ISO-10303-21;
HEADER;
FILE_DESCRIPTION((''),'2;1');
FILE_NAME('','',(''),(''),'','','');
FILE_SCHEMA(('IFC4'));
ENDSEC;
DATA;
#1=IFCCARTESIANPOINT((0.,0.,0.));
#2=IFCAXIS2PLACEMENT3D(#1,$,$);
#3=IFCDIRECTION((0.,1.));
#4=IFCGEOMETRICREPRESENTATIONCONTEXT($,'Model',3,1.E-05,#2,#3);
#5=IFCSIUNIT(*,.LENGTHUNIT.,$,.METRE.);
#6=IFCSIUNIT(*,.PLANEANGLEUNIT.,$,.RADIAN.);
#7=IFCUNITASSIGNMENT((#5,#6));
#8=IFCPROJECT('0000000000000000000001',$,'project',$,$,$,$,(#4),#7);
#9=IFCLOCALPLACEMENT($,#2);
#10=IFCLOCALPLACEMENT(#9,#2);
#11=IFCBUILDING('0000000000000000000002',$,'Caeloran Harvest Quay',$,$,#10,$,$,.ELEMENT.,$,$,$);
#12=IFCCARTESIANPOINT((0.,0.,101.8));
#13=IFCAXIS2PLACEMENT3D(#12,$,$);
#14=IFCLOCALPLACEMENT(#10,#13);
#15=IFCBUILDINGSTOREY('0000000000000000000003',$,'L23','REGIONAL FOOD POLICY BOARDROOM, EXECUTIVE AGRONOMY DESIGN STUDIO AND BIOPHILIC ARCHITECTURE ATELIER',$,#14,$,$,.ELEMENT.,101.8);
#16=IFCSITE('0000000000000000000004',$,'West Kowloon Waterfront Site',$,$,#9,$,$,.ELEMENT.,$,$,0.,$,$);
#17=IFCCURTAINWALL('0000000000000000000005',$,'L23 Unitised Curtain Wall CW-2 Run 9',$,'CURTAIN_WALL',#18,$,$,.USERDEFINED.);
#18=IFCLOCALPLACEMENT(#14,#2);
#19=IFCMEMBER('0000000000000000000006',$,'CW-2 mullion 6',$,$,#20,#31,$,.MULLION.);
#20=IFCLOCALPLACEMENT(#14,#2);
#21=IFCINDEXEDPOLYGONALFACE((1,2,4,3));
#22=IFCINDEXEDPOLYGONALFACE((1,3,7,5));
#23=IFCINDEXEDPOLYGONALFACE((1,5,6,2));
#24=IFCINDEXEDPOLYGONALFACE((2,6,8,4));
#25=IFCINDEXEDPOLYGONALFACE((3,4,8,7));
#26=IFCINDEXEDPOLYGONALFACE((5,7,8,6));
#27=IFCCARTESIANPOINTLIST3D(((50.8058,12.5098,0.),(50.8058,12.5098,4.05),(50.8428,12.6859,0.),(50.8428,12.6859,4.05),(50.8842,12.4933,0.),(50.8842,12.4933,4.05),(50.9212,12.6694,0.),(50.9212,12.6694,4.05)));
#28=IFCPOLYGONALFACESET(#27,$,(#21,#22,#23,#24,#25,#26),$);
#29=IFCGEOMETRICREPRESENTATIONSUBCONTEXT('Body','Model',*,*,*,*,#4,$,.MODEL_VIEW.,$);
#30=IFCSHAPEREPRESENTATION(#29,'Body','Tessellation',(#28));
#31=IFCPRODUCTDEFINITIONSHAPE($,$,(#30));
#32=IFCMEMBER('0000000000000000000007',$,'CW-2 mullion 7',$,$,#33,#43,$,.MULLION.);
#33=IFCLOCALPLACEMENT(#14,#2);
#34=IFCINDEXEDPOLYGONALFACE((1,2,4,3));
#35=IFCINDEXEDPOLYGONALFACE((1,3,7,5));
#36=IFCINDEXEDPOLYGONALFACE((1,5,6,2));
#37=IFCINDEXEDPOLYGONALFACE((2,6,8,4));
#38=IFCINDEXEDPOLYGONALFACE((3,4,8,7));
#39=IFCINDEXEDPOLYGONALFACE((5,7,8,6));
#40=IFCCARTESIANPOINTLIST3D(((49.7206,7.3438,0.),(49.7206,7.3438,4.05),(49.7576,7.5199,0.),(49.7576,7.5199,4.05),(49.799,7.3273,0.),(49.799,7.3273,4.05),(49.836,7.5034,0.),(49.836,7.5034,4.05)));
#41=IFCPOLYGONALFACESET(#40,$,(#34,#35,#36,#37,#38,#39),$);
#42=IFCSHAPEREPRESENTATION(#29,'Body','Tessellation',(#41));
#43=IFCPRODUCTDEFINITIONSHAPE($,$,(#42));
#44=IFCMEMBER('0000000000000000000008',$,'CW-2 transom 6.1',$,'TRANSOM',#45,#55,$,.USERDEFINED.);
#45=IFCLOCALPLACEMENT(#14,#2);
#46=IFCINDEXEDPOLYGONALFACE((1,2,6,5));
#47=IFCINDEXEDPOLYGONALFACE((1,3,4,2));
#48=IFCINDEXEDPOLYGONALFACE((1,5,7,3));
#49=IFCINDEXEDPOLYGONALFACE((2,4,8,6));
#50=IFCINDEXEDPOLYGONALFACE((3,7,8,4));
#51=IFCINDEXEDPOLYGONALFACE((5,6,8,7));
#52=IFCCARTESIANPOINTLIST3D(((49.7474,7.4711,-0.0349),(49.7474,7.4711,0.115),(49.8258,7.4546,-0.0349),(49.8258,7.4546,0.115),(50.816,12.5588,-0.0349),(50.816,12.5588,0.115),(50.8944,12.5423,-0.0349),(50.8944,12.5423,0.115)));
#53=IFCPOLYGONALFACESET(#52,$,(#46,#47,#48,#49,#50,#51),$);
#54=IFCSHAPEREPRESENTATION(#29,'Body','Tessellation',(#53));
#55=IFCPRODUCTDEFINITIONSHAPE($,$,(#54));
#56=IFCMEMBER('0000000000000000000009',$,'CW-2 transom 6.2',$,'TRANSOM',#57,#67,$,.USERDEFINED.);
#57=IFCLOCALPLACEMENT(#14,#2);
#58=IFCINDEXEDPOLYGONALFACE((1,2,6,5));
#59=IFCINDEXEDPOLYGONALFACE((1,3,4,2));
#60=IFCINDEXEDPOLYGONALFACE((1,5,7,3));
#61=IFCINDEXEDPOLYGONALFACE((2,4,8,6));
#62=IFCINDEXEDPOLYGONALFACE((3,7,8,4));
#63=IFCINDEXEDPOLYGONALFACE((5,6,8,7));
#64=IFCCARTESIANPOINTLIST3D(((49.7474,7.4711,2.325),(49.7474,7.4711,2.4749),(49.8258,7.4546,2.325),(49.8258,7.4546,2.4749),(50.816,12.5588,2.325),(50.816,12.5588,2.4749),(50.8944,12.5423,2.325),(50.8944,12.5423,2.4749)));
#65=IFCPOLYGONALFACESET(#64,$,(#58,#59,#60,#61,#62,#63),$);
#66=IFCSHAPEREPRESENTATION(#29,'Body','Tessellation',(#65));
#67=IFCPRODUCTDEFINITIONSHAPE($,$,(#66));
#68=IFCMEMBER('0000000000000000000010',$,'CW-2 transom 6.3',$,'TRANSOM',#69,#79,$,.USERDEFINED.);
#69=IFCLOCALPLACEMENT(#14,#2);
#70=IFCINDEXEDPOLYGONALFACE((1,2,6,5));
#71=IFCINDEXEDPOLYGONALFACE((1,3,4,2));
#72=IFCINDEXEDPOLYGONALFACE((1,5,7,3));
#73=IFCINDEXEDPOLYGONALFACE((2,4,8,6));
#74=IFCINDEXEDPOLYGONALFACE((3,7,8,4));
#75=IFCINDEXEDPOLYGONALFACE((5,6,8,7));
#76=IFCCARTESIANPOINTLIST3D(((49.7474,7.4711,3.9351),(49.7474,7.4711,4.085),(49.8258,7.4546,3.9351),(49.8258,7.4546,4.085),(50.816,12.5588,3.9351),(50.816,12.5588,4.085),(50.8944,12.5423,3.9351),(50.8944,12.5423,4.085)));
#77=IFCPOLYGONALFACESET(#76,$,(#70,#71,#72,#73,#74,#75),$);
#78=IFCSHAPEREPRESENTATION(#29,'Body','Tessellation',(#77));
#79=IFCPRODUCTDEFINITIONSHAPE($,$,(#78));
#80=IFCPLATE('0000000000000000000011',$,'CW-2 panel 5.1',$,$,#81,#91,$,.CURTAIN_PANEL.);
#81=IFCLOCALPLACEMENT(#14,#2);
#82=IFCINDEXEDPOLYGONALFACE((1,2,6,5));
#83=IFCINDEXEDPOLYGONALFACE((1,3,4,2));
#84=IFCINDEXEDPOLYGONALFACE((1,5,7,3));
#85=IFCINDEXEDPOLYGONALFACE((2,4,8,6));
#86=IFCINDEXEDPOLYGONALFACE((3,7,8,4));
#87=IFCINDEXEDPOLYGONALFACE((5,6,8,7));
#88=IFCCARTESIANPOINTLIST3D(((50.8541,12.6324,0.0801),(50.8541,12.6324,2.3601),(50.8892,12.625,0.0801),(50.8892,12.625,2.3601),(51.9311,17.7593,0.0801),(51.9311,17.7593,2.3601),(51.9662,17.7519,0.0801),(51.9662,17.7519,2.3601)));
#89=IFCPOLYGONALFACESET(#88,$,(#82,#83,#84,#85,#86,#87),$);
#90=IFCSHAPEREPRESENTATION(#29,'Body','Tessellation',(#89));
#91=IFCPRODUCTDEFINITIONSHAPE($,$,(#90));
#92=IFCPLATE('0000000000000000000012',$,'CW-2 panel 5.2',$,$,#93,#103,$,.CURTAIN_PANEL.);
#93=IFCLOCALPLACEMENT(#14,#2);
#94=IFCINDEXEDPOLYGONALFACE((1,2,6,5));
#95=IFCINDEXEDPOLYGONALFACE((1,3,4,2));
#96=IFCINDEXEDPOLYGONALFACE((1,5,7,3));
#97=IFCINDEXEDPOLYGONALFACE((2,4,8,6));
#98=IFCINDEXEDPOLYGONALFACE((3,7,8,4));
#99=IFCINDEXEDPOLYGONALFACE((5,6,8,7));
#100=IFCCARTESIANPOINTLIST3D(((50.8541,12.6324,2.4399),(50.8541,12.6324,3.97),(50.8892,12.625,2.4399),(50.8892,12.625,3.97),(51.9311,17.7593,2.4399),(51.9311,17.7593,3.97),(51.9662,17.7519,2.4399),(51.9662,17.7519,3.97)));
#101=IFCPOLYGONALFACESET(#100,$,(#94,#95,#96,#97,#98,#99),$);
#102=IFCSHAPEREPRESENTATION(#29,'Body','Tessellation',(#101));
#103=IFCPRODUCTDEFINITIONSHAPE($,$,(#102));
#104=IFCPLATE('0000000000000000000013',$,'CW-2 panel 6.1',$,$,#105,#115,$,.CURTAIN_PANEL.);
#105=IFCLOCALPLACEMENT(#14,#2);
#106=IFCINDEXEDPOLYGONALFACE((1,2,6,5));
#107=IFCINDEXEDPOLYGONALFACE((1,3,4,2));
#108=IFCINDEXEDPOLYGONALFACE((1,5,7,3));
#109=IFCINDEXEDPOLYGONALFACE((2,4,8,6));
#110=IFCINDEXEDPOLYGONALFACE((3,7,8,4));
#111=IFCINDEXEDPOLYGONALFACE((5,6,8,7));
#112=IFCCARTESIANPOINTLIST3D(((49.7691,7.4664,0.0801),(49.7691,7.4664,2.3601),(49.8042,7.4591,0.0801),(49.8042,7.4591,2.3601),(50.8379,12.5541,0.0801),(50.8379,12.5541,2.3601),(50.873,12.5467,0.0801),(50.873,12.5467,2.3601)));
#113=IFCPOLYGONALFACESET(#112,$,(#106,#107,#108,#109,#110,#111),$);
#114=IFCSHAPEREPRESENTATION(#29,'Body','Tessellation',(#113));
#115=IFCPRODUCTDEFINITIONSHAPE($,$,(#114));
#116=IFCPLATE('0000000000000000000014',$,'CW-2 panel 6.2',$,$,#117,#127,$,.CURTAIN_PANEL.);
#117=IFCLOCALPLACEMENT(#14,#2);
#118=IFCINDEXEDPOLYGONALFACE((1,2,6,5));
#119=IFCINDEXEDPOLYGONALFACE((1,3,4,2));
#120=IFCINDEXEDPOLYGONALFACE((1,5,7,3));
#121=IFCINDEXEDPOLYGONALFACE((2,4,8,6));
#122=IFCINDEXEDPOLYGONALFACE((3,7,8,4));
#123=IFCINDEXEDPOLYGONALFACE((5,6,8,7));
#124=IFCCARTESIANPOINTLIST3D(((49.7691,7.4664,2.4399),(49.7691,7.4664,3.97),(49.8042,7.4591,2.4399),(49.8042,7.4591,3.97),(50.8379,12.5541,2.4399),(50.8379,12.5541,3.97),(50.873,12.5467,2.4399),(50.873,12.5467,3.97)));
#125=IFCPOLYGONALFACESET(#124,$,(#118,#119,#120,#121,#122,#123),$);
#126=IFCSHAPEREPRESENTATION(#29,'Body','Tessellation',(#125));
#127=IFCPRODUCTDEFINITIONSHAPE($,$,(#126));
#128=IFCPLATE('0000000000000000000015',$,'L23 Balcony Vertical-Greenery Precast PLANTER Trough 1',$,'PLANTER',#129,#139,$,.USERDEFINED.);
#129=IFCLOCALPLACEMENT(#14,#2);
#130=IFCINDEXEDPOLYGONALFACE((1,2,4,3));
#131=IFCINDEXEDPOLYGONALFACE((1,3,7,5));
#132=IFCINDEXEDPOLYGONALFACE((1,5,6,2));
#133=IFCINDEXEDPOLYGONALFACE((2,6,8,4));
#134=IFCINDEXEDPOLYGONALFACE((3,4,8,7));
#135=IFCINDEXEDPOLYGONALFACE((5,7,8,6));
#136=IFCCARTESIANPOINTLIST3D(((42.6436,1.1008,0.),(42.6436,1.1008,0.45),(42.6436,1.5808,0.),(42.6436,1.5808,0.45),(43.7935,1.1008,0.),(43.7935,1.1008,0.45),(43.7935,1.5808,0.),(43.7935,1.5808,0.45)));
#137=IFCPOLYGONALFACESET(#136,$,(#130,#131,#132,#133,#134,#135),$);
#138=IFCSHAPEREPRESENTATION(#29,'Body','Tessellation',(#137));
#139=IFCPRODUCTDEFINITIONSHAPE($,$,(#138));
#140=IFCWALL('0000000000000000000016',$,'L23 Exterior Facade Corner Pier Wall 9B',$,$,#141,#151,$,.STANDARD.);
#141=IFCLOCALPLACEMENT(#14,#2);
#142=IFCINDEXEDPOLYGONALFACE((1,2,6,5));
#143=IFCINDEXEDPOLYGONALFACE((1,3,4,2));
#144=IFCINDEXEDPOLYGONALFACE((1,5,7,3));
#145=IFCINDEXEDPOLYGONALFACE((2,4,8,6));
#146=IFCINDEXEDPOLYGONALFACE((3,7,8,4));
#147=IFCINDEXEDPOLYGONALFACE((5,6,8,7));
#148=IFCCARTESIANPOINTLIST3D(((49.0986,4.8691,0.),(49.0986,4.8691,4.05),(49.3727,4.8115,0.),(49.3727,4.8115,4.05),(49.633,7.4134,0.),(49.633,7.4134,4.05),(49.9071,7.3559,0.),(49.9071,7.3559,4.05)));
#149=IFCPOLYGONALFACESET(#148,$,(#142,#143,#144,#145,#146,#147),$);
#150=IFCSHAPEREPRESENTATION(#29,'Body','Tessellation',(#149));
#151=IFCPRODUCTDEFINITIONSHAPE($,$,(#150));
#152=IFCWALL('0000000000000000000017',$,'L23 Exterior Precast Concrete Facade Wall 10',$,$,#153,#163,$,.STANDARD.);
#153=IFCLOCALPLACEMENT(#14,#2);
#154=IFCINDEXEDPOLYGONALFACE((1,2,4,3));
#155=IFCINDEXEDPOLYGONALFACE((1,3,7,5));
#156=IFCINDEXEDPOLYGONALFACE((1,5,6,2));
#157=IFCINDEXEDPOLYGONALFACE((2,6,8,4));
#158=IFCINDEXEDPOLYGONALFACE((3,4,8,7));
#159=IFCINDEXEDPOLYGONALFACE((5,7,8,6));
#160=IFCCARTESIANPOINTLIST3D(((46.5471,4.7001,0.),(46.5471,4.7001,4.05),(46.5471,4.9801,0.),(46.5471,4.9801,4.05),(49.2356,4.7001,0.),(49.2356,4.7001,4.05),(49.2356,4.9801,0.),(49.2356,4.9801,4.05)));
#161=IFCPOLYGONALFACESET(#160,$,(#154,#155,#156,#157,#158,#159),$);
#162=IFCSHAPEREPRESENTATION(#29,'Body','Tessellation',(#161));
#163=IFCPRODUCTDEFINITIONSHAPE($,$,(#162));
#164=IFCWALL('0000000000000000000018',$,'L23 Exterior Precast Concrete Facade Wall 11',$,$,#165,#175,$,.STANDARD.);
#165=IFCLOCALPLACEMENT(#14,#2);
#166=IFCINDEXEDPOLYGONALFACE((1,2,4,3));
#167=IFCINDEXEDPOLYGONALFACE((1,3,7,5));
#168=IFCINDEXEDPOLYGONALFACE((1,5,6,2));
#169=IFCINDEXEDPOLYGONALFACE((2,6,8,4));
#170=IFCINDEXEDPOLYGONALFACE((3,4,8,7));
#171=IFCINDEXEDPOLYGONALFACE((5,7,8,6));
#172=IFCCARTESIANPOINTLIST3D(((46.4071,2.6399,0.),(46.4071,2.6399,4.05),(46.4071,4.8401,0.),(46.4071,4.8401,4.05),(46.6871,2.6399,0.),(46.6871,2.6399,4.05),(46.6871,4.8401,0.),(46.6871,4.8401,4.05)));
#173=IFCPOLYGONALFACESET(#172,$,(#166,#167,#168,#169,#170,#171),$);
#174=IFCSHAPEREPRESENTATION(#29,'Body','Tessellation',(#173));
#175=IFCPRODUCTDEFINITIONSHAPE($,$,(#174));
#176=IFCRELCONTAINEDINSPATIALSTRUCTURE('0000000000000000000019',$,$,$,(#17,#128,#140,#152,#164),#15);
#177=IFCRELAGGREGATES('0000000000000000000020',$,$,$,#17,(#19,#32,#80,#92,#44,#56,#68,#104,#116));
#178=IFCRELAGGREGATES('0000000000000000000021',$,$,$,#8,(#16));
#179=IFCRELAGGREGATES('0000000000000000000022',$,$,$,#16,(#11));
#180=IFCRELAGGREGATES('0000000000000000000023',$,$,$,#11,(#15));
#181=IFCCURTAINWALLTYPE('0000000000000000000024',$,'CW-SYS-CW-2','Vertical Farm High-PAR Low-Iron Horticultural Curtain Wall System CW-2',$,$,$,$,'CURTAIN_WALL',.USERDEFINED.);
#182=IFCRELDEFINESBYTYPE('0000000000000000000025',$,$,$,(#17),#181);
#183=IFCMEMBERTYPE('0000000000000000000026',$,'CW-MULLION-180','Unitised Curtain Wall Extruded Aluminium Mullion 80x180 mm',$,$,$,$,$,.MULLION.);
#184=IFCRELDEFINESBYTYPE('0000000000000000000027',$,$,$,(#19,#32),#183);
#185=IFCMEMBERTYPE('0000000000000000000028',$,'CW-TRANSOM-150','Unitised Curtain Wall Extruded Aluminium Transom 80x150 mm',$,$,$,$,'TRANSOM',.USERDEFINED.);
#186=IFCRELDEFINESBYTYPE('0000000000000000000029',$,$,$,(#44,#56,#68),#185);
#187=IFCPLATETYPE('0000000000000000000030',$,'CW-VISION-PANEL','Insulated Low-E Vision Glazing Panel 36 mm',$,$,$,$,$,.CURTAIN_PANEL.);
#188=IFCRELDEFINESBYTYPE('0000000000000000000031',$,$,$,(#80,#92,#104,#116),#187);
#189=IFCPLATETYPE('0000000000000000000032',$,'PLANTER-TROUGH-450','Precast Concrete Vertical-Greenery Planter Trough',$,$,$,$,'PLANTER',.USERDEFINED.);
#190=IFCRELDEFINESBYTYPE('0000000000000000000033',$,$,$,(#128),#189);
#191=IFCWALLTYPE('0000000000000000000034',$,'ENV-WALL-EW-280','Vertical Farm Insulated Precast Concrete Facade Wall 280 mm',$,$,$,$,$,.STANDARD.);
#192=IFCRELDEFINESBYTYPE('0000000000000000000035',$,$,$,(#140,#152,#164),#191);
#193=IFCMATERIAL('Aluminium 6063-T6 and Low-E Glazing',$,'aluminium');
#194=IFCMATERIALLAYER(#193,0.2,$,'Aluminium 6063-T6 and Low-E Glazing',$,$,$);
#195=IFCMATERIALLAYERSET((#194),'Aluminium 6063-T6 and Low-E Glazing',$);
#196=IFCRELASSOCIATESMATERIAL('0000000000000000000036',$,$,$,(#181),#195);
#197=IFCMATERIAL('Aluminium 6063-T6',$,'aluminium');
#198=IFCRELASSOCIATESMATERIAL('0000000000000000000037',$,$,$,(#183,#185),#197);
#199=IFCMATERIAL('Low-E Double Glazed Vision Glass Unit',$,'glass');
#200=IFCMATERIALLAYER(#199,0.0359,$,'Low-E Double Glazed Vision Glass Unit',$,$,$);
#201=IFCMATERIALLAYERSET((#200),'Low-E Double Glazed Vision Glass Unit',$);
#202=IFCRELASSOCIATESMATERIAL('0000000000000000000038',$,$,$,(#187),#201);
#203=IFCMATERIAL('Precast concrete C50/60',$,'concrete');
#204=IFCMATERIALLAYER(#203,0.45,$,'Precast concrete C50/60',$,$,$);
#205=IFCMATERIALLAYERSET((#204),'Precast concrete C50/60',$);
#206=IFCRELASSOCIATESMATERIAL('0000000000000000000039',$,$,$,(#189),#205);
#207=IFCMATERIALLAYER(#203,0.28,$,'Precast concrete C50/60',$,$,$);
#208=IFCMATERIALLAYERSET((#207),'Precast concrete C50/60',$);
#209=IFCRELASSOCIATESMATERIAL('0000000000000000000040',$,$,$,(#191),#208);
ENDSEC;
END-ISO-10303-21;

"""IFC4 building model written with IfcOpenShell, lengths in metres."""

from ifc_helpers import new_model, si_unit, direction, frame, frame_2d, origin, origin_2d, place, context, subcontext, project, spatial, rectangle, extrude, material, layer, layer_set, material_profile, profile_set, type_object, element, aggregate, save


model = new_model("IFC4")

# Units and contexts
model_context = context("Model", 3, precision=1e-05, world=origin(), true_north=direction((0.0, 1.0)))
body_context = subcontext(model_context, "Body", "Model", "MODEL_VIEW")
ifc_project = project(units=[si_unit("LENGTHUNIT", "METRE"), si_unit("PLANEANGLEUNIT", "RADIAN")], contexts=[model_context])

# Site, building, storey
site_placement = place(None, origin())
site = spatial("IfcSite", under=ifc_project, at=site_placement, Name="West Kowloon Waterfront Site", CompositionType="ELEMENT", RefElevation=0.0)
building_placement = place(site_placement, origin())
building = spatial("IfcBuilding", under=site, at=building_placement, Name="Caeloran Harvest Quay", CompositionType="ELEMENT")
storey_placement = place(building_placement, frame((0.0, 0.0, 101.8)))
storey = spatial("IfcBuildingStorey", under=building, at=storey_placement, Name="L23", Description="REGIONAL FOOD POLICY BOARDROOM, EXECUTIVE AGRONOMY DESIGN STUDIO AND BIOPHILIC ARCHITECTURE ATELIER", CompositionType="ELEMENT", Elevation=101.8)

# Curtain wall, members, plates
ifc_material_1 = material(Name="Aluminium 6063-T6 and Low-E Glazing", Category="aluminium")
ifc_layer_1 = layer(ifc_material_1, 0.2, Name="Aluminium 6063-T6 and Low-E Glazing")
ifc_layer_set_1 = layer_set([ifc_layer_1], Name="Aluminium 6063-T6 and Low-E Glazing")
curtain_wall_type = type_object("IfcCurtainWallType", Name="CW-SYS-CW-2", Description="Vertical Farm High-PAR Low-Iron Horticultural Curtain Wall System CW-2", ElementType="CURTAIN_WALL", PredefinedType="USERDEFINED", material=ifc_layer_set_1)
curtain_wall_placement = place(storey_placement, origin())
curtain_wall = element("IfcCurtainWall", 1, at=curtain_wall_placement, inside=storey, type_object=curtain_wall_type, Name="L23 Unitised Curtain Wall CW-2 Run 9", ObjectType="CURTAIN_WALL", PredefinedType="USERDEFINED")
ifc_material_2 = material(Name="Aluminium 6063-T6", Category="aluminium")
ifc_material_profile_1 = material_profile(ifc_material_2, rectangle(XDim=0.0801, YDim=0.1799, at=origin_2d()), Name="CW-MULLION-180")
ifc_profile_set_1 = profile_set([ifc_material_profile_1], Name="Aluminium 6063-T6")
member_type_1 = type_object("IfcMemberType", Name="CW-MULLION-180", Description="Unitised Curtain Wall Extruded Aluminium Mullion 80x180 mm", PredefinedType="MULLION", material=ifc_profile_set_1)
member_1_placement = place(storey_placement, frame((50.8635, 12.5896, 0.0), z_axis=(0.0, 0.0, 1.0), x_axis=(0.97864, -0.205583, 0.0)))
member_1 = element("IfcMember", 2, at=member_1_placement, type_object=member_type_1, Name="CW-2 mullion 6", PredefinedType="MULLION", context=body_context, shape_type="SweptSolid", body=[
    extrude(rectangle(XDim=0.0801, YDim=0.1799, at=origin_2d()), origin(), (0.0, 0.0, 1.0), 4.05),
])
member_2_placement = place(storey_placement, frame((49.7783, 7.4236, 0.0), z_axis=(0.0, 0.0, 1.0), x_axis=(0.97864, -0.205583, 0.0)))
member_2 = element("IfcMember", 3, at=member_2_placement, type_object=member_type_1, Name="CW-2 mullion 7", PredefinedType="MULLION", context=body_context, shape_type="SweptSolid", body=[
    extrude(rectangle(XDim=0.0801, YDim=0.1799, at=origin_2d()), origin(), (0.0, 0.0, 1.0), 4.05),
])
ifc_material_profile_2 = material_profile(ifc_material_2, rectangle(XDim=0.0801, YDim=0.1499, at=origin_2d()), Name="CW-TRANSOM-150")
ifc_profile_set_2 = profile_set([ifc_material_profile_2], Name="Aluminium 6063-T6")
member_type_2 = type_object("IfcMemberType", Name="CW-TRANSOM-150", Description="Unitised Curtain Wall Extruded Aluminium Transom 80x150 mm", ElementType="TRANSOM", PredefinedType="USERDEFINED", material=ifc_profile_set_2)
member_3_placement = place(storey_placement, frame((50.8552, 12.5505, 0.04), z_axis=(-0.205554, -0.978646, 0.0), x_axis=(0.978646, -0.205554, 0.0)))
member_3 = element("IfcMember", 4, at=member_3_placement, type_object=member_type_2, Name="CW-2 transom 6.1", ObjectType="TRANSOM", PredefinedType="USERDEFINED", context=body_context, shape_type="SweptSolid", body=[
    extrude(rectangle(XDim=0.0801, YDim=0.1499, at=origin_2d()), origin(), (0.0, 0.0, 1.0), 5.1987),
])
member_4_placement = place(storey_placement, frame((50.8552, 12.5505, 2.3999), z_axis=(-0.205554, -0.978646, 0.0), x_axis=(0.978646, -0.205554, 0.0)))
member_4 = element("IfcMember", 5, at=member_4_placement, type_object=member_type_2, Name="CW-2 transom 6.2", ObjectType="TRANSOM", PredefinedType="USERDEFINED", context=body_context, shape_type="SweptSolid", body=[
    extrude(rectangle(XDim=0.0801, YDim=0.1499, at=origin_2d()), origin(), (0.0, 0.0, 1.0), 5.1987),
])
member_5_placement = place(storey_placement, frame((50.8552, 12.5505, 4.01), z_axis=(-0.205554, -0.978646, 0.0), x_axis=(0.978646, -0.205554, 0.0)))
member_5 = element("IfcMember", 6, at=member_5_placement, type_object=member_type_2, Name="CW-2 transom 6.3", ObjectType="TRANSOM", PredefinedType="USERDEFINED", context=body_context, shape_type="SweptSolid", body=[
    extrude(rectangle(XDim=0.0801, YDim=0.1499, at=origin_2d()), origin(), (0.0, 0.0, 1.0), 5.1987),
])
ifc_material_3 = material(Name="Low-E Double Glazed Vision Glass Unit", Category="glass")
ifc_layer_2 = layer(ifc_material_3, 0.0359, Name="Low-E Double Glazed Vision Glass Unit")
ifc_layer_set_2 = layer_set([ifc_layer_2], Name="Low-E Double Glazed Vision Glass Unit")
plate_type_1 = type_object("IfcPlateType", Name="CW-VISION-PANEL", Description="Insulated Low-E Vision Glazing Panel 36 mm", PredefinedType="CURTAIN_PANEL", material=ifc_layer_set_2)
plate_1_placement = place(storey_placement, frame((51.4102, 15.1921, 0.0801), z_axis=(0.0, 0.0, 1.0), x_axis=(-0.205583, -0.97864, 0.0)))
plate_1 = element("IfcPlate", 7, at=plate_1_placement, type_object=plate_type_1, Name="CW-2 panel 5.1", PredefinedType="CURTAIN_PANEL", context=body_context, shape_type="SweptSolid", body=[
    extrude(rectangle(XDim=5.2388, YDim=0.0359, at=origin_2d()), origin(), (0.0, 0.0, 1.0), 2.28),
])
plate_2_placement = place(storey_placement, frame((51.4102, 15.1921, 2.4399), z_axis=(0.0, 0.0, 1.0), x_axis=(-0.205583, -0.97864, 0.0)))
plate_2 = element("IfcPlate", 8, at=plate_2_placement, type_object=plate_type_1, Name="CW-2 panel 5.2", PredefinedType="CURTAIN_PANEL", context=body_context, shape_type="SweptSolid", body=[
    extrude(rectangle(XDim=5.2388, YDim=0.0359, at=origin_2d()), origin(), (0.0, 0.0, 1.0), 1.53),
])
plate_3_placement = place(storey_placement, frame((50.321, 10.0066, 0.0801), z_axis=(0.0, 0.0, 1.0), x_axis=(-0.205583, -0.97864, 0.0)))
plate_3 = element("IfcPlate", 9, at=plate_3_placement, type_object=plate_type_1, Name="CW-2 panel 6.1", PredefinedType="CURTAIN_PANEL", context=body_context, shape_type="SweptSolid", body=[
    extrude(rectangle(XDim=5.1987, YDim=0.0359, at=origin_2d()), origin(), (0.0, 0.0, 1.0), 2.28),
])
plate_4_placement = place(storey_placement, frame((50.321, 10.0066, 2.4399), z_axis=(0.0, 0.0, 1.0), x_axis=(-0.205583, -0.97864, 0.0)))
plate_4 = element("IfcPlate", 10, at=plate_4_placement, type_object=plate_type_1, Name="CW-2 panel 6.2", PredefinedType="CURTAIN_PANEL", context=body_context, shape_type="SweptSolid", body=[
    extrude(rectangle(XDim=5.1987, YDim=0.0359, at=origin_2d()), origin(), (0.0, 0.0, 1.0), 1.53),
])
aggregate(curtain_wall, [member_1, member_2, plate_1, plate_2, member_3, member_4, member_5, plate_3, plate_4])

# Plate
ifc_material_4 = material(Name="Precast concrete C50/60", Category="concrete")
ifc_layer_3 = layer(ifc_material_4, 0.45, Name="Precast concrete C50/60")
ifc_layer_set_3 = layer_set([ifc_layer_3], Name="Precast concrete C50/60")
plate_type_2 = type_object("IfcPlateType", Name="PLANTER-TROUGH-450", Description="Precast Concrete Vertical-Greenery Planter Trough", ElementType="PLANTER", PredefinedType="USERDEFINED", material=ifc_layer_set_3)
plate_5_placement = place(storey_placement, frame((43.2185, 1.3408, 0.0), z_axis=(0.0, 0.0, 1.0), x_axis=(1.0, 0.0, 0.0)))
element("IfcPlate", 11, at=plate_5_placement, inside=storey, type_object=plate_type_2, Name="L23 Balcony Vertical-Greenery Precast PLANTER Trough 1", ObjectType="PLANTER", PredefinedType="USERDEFINED", context=body_context, shape_type="SweptSolid", body=[
    extrude(rectangle(XDim=1.1499, YDim=0.48, at=origin_2d()), origin(), (0.0, 0.0, 1.0), 0.45),
])

# Walls
ifc_layer_4 = layer(ifc_material_4, 0.28, Name="Precast concrete C50/60")
ifc_layer_set_4 = layer_set([ifc_layer_4], Name="Precast concrete C50/60")
wall_type = type_object("IfcWallType", Name="ENV-WALL-EW-280", Description="Vertical Farm Insulated Precast Concrete Facade Wall 280 mm", PredefinedType="STANDARD", material=ifc_layer_set_4)
wall_1_placement = place(storey_placement, frame((49.77, 7.3845, 0.0), z_axis=(0.0, 0.0, 1.0), x_axis=(-0.205551, -0.978646, 0.0)))
element("IfcWall", 12, at=wall_1_placement, inside=storey, type_object=wall_type, Name="L23 Exterior Facade Corner Pier Wall 9B", PredefinedType="STANDARD", context=body_context, shape_type="SweptSolid", body=[
    extrude(rectangle(XDim=2.5999, YDim=0.28, at=frame_2d((1.2998, 0.0))), origin(), (0.0, 0.0, 1.0), 4.05),
])
wall_2_placement = place(storey_placement, frame((49.2356, 4.8401, 0.0), z_axis=(0.0, 0.0, 1.0), x_axis=(-1.0, 0.0, 0.0)))
element("IfcWall", 13, at=wall_2_placement, inside=storey, type_object=wall_type, Name="L23 Exterior Precast Concrete Facade Wall 10", PredefinedType="STANDARD", context=body_context, shape_type="SweptSolid", body=[
    extrude(rectangle(XDim=2.6885, YDim=0.28, at=frame_2d((1.3442, 0.0))), origin(), (0.0, 0.0, 1.0), 4.05),
])
wall_3_placement = place(storey_placement, frame((46.5471, 4.8401, 0.0), z_axis=(0.0, 0.0, 1.0), x_axis=(0.0, -1.0, 0.0)))
element("IfcWall", 14, at=wall_3_placement, inside=storey, type_object=wall_type, Name="L23 Exterior Precast Concrete Facade Wall 11", PredefinedType="STANDARD", context=body_context, shape_type="SweptSolid", body=[
    extrude(rectangle(XDim=2.2002, YDim=0.28, at=frame_2d((1.1001, 0.0))), origin(), (0.0, 0.0, 1.0), 4.05),
])

save(model, "model.ifc")
